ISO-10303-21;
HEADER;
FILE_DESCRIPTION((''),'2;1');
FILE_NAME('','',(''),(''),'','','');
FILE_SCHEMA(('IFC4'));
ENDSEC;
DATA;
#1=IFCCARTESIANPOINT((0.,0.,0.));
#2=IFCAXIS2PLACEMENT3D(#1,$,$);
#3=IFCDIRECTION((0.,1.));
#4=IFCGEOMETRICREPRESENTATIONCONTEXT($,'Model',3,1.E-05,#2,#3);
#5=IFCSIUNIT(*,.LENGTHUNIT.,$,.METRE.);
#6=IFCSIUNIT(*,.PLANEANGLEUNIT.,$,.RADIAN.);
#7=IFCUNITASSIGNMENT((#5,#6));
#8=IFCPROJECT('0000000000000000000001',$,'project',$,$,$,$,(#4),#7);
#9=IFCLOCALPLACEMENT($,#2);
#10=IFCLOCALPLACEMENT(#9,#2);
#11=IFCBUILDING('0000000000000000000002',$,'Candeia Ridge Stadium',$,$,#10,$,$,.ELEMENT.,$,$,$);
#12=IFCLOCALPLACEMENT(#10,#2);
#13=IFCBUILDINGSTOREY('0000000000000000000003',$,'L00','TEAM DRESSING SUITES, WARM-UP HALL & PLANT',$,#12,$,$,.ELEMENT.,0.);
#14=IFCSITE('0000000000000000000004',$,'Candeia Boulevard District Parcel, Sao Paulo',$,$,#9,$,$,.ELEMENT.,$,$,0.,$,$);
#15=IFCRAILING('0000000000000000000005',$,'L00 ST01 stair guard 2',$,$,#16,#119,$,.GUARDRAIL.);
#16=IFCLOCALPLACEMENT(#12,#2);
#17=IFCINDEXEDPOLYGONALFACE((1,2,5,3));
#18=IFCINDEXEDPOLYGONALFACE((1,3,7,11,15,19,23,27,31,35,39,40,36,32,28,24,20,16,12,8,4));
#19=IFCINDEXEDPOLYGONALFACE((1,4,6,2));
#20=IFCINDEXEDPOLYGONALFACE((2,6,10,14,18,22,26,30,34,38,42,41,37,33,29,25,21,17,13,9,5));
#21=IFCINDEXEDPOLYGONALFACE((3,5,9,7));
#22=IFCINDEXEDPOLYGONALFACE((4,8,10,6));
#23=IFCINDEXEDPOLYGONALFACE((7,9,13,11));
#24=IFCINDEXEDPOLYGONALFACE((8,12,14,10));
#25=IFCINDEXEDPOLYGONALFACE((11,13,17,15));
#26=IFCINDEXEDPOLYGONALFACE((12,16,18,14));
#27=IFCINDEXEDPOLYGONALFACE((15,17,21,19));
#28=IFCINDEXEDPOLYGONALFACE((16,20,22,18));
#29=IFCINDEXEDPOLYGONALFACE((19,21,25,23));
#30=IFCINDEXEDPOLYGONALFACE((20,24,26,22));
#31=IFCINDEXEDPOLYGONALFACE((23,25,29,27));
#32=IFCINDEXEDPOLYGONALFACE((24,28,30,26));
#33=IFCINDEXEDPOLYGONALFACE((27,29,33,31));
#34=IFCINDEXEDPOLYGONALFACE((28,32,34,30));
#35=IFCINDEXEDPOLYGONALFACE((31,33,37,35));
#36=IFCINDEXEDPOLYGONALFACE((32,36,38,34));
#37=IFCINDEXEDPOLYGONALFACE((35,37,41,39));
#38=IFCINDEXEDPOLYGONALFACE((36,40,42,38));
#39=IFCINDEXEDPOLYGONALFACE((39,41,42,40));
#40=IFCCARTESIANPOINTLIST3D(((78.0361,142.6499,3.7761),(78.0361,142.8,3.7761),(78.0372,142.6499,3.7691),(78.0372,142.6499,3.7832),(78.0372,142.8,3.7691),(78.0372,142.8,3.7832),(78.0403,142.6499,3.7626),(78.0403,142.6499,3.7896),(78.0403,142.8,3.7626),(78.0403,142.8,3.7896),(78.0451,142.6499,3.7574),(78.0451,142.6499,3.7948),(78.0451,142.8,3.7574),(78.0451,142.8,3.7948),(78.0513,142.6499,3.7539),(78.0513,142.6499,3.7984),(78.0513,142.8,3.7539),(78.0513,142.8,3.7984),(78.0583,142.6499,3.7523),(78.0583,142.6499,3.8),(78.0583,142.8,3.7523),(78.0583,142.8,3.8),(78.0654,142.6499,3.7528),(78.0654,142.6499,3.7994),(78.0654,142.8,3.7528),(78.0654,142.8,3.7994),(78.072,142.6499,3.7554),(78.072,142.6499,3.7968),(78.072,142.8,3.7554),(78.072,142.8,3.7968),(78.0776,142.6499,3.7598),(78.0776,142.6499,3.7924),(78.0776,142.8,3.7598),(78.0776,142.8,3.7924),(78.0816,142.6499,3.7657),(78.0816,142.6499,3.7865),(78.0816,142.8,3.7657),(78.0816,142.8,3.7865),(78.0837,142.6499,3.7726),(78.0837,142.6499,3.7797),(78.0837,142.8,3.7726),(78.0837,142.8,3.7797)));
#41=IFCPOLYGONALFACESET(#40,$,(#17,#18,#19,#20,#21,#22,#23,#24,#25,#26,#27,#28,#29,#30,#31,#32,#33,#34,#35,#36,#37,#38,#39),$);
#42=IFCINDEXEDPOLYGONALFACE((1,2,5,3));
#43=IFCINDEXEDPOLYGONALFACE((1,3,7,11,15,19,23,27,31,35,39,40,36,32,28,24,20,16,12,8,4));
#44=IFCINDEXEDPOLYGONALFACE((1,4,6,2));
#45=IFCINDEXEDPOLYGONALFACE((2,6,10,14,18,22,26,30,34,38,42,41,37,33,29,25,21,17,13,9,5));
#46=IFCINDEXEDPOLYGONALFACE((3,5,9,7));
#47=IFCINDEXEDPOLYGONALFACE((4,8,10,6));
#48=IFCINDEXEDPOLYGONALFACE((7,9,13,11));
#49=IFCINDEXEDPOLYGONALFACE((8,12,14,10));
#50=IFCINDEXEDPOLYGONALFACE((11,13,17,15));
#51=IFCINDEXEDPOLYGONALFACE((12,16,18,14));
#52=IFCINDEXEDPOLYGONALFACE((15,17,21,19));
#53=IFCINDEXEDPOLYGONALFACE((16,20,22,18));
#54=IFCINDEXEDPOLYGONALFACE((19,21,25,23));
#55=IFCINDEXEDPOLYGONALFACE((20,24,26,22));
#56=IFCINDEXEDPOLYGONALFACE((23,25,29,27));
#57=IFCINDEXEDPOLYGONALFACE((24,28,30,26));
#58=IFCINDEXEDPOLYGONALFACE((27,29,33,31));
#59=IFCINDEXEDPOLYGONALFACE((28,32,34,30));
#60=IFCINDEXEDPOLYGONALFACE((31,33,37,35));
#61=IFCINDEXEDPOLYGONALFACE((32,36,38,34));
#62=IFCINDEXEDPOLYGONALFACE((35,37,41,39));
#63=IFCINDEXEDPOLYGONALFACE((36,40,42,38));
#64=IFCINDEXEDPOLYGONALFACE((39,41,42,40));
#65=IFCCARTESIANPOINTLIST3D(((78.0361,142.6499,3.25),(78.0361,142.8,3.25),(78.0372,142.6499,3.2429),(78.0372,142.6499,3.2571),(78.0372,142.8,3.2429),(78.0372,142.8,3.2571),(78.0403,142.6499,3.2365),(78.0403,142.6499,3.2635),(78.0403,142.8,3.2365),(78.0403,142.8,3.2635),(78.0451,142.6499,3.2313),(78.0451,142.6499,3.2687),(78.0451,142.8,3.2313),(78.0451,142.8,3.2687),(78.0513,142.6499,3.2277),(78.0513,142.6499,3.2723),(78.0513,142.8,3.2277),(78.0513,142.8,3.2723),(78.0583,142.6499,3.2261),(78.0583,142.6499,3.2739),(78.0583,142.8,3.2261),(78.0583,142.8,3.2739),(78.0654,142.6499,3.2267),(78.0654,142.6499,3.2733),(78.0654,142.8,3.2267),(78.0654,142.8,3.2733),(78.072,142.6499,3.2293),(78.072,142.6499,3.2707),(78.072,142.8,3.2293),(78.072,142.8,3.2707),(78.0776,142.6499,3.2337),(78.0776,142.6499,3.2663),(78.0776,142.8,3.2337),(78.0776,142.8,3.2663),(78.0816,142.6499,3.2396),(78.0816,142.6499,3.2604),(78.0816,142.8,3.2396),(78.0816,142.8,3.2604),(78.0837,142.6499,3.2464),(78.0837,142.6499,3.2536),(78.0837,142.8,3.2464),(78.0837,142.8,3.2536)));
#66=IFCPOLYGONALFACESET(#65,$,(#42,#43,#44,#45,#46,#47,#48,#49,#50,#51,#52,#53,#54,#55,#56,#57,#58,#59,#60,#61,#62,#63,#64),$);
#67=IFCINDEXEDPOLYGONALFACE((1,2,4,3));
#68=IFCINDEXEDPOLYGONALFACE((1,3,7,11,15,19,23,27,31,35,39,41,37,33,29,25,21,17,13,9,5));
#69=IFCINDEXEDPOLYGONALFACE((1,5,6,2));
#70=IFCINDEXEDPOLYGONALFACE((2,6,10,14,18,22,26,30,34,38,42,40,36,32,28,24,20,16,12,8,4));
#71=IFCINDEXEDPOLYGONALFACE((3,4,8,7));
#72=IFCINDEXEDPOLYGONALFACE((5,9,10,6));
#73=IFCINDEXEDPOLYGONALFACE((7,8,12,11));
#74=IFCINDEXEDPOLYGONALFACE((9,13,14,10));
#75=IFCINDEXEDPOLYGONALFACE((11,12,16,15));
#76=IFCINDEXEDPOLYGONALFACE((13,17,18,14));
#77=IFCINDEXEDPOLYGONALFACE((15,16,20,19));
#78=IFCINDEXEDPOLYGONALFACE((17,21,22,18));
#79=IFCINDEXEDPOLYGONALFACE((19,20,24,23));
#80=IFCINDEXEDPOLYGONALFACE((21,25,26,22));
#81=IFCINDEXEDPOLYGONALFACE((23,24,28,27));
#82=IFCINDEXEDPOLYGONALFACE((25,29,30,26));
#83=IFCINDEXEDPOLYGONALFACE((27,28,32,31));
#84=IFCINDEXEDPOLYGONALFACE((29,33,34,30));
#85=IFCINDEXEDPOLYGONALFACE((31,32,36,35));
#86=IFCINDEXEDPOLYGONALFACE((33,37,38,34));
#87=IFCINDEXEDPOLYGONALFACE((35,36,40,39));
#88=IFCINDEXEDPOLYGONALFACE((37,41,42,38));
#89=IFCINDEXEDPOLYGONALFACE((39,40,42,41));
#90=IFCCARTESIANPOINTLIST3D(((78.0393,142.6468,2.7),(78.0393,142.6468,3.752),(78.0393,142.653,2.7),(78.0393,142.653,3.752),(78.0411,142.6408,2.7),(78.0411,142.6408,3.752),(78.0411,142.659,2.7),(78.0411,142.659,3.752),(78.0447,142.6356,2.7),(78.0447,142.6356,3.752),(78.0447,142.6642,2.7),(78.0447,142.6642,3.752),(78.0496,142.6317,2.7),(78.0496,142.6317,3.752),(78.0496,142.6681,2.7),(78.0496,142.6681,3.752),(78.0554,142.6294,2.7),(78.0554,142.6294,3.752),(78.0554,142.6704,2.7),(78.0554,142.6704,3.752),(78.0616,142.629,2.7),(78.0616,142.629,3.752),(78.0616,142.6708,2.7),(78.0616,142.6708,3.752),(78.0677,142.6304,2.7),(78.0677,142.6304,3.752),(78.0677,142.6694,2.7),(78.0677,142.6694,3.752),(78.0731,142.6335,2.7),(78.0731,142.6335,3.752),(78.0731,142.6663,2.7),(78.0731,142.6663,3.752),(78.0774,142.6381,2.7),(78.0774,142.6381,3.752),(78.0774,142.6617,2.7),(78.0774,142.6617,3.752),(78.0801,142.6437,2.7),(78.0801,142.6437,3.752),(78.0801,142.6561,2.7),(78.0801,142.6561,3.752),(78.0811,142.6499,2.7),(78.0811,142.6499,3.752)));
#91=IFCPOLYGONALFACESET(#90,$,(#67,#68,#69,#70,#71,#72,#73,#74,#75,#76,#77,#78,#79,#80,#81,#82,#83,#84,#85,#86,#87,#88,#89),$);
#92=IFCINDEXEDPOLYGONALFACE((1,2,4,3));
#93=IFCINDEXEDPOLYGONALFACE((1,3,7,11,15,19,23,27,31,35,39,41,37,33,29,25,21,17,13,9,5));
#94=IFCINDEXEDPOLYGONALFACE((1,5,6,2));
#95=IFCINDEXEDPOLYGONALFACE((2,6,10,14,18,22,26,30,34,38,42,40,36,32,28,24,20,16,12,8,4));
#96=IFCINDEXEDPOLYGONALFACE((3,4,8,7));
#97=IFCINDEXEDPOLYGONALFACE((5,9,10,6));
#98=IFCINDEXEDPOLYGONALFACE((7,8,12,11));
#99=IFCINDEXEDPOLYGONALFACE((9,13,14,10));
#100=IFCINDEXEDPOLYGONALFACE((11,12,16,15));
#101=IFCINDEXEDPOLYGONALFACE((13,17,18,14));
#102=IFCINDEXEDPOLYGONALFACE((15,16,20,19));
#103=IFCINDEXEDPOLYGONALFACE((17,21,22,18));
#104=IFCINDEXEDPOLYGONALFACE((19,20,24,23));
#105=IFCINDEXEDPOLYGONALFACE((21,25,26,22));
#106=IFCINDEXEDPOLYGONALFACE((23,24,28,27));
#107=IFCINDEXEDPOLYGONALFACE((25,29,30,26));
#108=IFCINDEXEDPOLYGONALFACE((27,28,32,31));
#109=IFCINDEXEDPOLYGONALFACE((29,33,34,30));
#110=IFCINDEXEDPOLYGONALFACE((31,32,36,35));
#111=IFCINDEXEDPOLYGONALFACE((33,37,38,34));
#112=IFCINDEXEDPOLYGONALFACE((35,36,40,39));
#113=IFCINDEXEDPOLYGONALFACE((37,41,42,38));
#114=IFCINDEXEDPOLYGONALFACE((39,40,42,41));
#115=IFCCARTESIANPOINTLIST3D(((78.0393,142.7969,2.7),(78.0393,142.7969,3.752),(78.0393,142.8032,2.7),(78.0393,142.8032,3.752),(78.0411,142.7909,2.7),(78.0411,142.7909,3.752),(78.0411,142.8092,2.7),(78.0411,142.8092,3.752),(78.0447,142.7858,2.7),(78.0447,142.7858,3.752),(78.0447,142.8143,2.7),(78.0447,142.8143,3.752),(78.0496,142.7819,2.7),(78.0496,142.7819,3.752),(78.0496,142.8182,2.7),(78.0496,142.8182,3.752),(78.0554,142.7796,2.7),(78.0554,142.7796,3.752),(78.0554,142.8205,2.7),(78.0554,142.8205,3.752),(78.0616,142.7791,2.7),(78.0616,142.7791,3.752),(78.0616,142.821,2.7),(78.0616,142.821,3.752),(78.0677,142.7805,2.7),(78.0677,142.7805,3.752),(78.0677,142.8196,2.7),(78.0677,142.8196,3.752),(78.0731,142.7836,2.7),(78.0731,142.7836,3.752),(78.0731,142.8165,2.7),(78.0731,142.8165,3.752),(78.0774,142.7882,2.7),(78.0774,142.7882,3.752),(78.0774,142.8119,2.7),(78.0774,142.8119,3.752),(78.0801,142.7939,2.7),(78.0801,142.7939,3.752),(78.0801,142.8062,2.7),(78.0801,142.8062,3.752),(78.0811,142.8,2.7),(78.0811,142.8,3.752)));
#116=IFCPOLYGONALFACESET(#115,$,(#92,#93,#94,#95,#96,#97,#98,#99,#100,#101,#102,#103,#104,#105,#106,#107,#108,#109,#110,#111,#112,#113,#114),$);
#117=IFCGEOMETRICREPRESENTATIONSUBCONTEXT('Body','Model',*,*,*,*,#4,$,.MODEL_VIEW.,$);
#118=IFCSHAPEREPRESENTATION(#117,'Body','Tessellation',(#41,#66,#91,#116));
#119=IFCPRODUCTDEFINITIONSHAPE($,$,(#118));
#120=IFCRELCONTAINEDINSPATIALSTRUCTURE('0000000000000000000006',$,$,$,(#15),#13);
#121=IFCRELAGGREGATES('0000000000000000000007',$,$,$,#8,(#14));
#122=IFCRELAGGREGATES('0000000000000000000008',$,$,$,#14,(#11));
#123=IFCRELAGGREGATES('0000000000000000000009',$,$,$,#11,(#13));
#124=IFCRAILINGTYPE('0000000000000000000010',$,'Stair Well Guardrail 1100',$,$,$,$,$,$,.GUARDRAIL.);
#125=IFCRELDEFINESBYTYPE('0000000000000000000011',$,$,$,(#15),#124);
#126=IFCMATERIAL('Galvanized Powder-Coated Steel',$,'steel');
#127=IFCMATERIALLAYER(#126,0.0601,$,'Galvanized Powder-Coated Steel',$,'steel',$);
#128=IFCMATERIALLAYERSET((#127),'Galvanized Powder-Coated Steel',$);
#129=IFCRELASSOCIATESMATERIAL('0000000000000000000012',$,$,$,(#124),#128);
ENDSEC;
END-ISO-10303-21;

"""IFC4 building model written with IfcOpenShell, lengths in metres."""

from ifc_helpers import new_model, si_unit, direction, frame, origin, origin_2d, place, context, subcontext, project, spatial, circle, extrude, material, layer, layer_set, type_object, element, save


model = new_model("IFC4")

# Units and contexts
model_context = context("Model", 3, precision=1e-05, world=origin(), true_north=direction((0.0, 1.0)))
body_context = subcontext(model_context, "Body", "Model", "MODEL_VIEW")
ifc_project = project(units=[si_unit("LENGTHUNIT", "METRE"), si_unit("PLANEANGLEUNIT", "RADIAN")], contexts=[model_context])

# Site, building, storey
site_placement = place(None, origin())
site = spatial("IfcSite", under=ifc_project, at=site_placement, Name="Candeia Boulevard District Parcel, Sao Paulo", CompositionType="ELEMENT", RefElevation=0.0)
building_placement = place(site_placement, origin())
building = spatial("IfcBuilding", under=site, at=building_placement, Name="Candeia Ridge Stadium", CompositionType="ELEMENT")
storey_placement = place(building_placement, origin())
storey = spatial("IfcBuildingStorey", under=building, at=storey_placement, Name="L00", Description="TEAM DRESSING SUITES, WARM-UP HALL & PLANT", CompositionType="ELEMENT", Elevation=0.0)

# Railing
ifc_material_1 = material(Name="Galvanized Powder-Coated Steel", Category="steel")
ifc_layer_1 = layer(ifc_material_1, 0.0601, Name="Galvanized Powder-Coated Steel", Category="steel")
ifc_layer_set_1 = layer_set([ifc_layer_1], Name="Galvanized Powder-Coated Steel")
railing_type_1 = type_object("IfcRailingType", Name="Stair Well Guardrail 1100", PredefinedType="GUARDRAIL", material=ifc_layer_set_1)
railing_1_placement = place(storey_placement, frame((78.0601, 142.6499, 2.7)))
element("IfcRailing", 1, at=railing_1_placement, inside=storey, type_object=railing_type_1, Name="L00 ST01 stair guard 2", PredefinedType="GUARDRAIL", context=body_context, shape_type="SweptSolid", body=[
    extrude(circle(Radius=0.0239, at=origin_2d()), frame((0.0, 0.0, 1.0762), z_axis=(0.0, 1.0, 0.0), x_axis=(-1.0, 0.0, 0.0)), (0.0, 0.0, 1.0), 0.1501),
    extrude(circle(Radius=0.0239, at=origin_2d()), frame((0.0, 0.0, 0.55), z_axis=(0.0, 1.0, 0.0), x_axis=(-1.0, 0.0, 0.0)), (0.0, 0.0, 1.0), 0.1501),
    extrude(circle(Radius=0.021, at=origin_2d()), origin(), (0.0, 0.0, 1.0), 1.052),
    extrude(circle(Radius=0.021, at=origin_2d()), frame((0.0, 0.1501, 0.0)), (0.0, 0.0, 1.0), 1.052),
])

save(model, "model.ifc")
